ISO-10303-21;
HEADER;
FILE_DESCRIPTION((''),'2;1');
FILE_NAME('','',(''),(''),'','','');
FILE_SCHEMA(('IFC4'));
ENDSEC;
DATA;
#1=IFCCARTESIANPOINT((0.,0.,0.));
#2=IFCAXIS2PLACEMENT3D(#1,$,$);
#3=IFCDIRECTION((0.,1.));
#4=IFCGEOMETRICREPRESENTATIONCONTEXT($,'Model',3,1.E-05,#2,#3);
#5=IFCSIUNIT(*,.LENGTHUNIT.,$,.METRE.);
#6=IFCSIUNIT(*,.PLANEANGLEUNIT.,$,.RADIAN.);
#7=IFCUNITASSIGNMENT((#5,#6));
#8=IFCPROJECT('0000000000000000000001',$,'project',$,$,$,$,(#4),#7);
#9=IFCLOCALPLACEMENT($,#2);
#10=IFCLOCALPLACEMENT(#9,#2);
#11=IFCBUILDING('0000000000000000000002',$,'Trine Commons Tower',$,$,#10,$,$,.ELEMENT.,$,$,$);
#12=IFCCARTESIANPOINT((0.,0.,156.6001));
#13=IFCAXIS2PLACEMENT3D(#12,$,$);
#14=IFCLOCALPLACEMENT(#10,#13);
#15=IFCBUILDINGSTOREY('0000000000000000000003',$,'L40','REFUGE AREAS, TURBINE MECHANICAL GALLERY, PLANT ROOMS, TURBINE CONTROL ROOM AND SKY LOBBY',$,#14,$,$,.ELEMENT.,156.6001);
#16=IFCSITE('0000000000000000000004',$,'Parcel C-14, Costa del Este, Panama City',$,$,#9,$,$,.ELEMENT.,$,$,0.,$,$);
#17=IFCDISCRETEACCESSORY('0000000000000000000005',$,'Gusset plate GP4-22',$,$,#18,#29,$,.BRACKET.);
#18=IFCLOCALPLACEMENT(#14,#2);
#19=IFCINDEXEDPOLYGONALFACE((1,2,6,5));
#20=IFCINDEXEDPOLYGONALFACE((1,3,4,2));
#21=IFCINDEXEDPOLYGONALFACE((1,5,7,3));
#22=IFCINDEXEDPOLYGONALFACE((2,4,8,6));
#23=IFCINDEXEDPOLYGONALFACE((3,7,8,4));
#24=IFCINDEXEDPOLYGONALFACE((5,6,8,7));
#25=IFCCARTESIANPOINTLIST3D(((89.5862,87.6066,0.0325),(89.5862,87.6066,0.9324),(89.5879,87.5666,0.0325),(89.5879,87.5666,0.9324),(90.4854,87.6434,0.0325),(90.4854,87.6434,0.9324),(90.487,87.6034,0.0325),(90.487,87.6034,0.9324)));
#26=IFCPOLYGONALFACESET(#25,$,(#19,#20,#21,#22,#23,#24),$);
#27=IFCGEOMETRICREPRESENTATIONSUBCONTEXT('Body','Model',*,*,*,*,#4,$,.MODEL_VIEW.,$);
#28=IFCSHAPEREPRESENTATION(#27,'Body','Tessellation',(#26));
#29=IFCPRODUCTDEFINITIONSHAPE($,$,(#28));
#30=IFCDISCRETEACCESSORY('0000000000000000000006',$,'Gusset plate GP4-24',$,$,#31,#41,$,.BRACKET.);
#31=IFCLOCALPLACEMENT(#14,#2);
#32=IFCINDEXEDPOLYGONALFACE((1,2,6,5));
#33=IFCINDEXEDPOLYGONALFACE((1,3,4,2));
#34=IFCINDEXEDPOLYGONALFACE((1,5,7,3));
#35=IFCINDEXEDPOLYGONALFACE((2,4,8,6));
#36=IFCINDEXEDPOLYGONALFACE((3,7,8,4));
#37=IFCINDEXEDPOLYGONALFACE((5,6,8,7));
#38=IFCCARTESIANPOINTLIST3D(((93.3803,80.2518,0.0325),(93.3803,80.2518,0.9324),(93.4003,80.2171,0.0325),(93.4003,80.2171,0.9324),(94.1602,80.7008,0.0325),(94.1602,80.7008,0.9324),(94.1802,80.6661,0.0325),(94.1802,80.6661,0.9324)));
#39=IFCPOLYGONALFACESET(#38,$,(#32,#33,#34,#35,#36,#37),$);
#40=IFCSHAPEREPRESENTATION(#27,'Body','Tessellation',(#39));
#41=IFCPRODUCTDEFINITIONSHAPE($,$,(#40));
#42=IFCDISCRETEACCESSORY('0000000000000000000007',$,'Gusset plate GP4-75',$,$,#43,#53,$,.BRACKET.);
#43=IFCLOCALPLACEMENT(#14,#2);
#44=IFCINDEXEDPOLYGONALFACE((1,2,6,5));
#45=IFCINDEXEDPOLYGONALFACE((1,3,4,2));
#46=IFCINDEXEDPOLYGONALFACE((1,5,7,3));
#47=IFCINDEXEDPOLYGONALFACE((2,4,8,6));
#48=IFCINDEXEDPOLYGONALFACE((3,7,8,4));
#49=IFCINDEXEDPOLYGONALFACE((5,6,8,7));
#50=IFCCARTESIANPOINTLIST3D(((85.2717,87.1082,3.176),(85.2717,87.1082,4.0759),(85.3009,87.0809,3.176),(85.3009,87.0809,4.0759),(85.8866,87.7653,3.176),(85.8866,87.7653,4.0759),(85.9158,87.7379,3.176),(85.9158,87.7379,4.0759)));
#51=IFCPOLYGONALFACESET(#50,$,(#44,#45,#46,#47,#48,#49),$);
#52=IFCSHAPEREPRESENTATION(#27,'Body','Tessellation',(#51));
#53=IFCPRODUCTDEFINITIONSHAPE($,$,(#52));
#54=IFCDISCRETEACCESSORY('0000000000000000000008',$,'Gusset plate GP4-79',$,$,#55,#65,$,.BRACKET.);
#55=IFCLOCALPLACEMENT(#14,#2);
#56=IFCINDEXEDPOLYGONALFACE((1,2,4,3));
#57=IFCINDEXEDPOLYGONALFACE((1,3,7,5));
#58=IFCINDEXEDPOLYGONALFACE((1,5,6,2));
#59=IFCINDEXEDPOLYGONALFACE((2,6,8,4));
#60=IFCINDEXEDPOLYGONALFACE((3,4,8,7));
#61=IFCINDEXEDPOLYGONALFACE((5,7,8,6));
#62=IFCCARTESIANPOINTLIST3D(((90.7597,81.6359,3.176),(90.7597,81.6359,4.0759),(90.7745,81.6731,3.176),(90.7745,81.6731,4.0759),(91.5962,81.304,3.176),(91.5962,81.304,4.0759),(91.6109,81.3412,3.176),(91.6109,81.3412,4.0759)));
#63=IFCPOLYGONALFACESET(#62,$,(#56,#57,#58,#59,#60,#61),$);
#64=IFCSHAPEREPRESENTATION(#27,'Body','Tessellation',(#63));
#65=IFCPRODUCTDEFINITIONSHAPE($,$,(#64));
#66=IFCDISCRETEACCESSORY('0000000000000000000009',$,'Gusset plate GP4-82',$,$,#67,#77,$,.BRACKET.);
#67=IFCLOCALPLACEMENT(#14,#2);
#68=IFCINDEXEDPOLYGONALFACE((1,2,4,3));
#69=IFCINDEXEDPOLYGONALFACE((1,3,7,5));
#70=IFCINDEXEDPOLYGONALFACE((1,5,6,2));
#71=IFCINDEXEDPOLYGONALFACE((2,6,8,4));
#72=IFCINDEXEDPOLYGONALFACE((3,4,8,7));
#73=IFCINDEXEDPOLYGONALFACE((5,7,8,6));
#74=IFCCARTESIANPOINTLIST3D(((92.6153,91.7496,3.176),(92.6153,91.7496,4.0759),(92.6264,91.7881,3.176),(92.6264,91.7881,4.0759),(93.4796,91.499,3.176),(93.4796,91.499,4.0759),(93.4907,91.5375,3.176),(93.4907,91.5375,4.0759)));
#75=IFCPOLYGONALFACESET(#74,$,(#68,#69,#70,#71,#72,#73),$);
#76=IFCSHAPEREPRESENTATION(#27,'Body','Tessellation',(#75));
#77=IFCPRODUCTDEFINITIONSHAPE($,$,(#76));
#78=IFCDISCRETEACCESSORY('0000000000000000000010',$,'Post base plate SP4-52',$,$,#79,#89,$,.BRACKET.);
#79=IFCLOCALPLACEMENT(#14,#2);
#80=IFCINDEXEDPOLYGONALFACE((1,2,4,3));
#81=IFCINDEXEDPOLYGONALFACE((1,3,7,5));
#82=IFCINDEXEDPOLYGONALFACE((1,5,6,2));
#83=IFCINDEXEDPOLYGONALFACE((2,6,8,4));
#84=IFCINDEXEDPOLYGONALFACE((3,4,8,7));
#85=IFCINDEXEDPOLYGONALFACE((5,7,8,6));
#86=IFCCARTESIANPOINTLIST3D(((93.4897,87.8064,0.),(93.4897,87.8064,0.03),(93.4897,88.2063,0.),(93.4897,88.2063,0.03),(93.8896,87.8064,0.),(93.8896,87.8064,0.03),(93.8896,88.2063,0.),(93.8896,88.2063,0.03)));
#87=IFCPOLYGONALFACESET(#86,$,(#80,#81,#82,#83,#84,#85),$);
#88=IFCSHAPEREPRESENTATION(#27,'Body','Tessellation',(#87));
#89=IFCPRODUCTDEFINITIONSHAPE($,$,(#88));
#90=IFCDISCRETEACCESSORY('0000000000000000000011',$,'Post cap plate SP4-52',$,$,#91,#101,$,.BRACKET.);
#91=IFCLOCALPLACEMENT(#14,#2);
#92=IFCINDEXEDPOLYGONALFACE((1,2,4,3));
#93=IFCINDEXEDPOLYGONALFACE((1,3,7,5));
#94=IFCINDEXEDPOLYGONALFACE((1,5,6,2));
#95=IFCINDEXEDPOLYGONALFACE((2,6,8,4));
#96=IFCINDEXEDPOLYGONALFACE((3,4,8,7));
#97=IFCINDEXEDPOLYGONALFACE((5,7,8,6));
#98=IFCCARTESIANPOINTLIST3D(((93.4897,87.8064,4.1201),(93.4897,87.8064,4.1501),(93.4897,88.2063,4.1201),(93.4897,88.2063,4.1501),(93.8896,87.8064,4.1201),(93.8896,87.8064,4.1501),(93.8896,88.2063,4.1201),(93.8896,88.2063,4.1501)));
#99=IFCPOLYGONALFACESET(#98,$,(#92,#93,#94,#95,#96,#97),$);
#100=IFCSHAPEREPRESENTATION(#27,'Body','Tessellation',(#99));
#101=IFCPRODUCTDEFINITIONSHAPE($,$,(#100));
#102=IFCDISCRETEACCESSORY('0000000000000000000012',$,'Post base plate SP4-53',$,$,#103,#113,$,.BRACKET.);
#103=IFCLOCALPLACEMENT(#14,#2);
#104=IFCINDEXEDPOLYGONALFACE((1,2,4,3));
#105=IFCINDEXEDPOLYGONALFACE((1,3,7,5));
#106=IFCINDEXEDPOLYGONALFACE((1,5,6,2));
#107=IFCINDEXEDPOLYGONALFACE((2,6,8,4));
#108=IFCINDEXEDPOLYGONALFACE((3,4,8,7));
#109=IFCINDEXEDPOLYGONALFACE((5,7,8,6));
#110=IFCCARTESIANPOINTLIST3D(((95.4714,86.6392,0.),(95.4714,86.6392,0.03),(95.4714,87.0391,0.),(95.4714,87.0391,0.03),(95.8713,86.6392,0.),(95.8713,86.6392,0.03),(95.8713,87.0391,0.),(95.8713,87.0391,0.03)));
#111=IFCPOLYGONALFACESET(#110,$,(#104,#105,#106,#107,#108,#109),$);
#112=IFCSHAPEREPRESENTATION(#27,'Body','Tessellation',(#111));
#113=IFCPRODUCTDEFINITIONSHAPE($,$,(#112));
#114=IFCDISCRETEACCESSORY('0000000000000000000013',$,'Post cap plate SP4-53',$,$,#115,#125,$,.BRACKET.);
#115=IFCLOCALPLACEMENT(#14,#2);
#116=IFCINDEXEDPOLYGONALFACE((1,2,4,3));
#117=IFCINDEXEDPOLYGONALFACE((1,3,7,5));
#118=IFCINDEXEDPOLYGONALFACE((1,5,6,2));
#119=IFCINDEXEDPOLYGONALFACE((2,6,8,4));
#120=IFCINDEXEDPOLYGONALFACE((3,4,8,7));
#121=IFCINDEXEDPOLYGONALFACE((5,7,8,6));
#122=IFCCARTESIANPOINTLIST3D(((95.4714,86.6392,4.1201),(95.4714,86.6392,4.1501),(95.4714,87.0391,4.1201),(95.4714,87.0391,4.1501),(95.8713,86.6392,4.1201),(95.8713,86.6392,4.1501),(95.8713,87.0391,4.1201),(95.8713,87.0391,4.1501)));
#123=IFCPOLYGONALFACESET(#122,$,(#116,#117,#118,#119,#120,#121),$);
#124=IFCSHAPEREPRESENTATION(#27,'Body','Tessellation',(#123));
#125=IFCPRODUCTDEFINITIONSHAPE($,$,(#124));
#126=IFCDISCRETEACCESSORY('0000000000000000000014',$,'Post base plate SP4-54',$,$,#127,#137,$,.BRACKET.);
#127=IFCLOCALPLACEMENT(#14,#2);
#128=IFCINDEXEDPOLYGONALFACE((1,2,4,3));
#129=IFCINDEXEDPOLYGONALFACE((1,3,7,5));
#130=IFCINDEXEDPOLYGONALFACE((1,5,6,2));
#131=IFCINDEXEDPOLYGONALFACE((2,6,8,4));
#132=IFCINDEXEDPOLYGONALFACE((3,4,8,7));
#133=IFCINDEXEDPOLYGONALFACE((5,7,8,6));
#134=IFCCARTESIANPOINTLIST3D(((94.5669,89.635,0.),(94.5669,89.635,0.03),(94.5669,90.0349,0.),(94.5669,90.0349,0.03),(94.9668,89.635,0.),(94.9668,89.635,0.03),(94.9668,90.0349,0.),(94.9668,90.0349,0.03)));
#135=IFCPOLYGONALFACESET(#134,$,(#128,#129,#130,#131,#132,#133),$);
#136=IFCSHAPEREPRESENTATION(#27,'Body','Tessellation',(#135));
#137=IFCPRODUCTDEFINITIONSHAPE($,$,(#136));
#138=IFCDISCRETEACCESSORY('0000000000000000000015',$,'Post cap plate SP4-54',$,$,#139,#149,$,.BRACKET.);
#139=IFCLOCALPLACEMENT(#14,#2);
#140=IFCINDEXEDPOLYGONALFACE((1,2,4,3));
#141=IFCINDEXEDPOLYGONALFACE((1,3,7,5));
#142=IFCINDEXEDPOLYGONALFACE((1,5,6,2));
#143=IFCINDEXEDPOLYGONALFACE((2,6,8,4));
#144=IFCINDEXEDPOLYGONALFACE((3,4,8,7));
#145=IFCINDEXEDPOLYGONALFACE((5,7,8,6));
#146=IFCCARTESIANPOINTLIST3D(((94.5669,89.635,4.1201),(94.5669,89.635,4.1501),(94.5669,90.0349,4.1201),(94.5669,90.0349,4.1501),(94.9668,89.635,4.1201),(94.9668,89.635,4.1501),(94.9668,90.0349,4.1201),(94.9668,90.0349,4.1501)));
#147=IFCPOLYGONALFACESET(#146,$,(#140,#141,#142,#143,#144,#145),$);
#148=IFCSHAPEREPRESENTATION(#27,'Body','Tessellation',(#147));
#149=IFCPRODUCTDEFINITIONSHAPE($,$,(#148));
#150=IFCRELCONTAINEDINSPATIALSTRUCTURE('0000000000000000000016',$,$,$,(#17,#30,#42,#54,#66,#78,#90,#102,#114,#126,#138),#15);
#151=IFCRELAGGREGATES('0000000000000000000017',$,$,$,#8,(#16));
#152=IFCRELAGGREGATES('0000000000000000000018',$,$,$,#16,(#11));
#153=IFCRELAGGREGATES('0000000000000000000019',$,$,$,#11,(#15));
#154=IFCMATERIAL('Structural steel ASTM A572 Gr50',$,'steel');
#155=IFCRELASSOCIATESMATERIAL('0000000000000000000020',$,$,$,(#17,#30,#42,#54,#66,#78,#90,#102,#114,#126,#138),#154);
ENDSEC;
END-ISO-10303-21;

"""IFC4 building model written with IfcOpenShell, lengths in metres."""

from ifc_helpers import new_model, si_unit, direction, frame, origin, origin_2d, place, context, subcontext, project, spatial, rectangle, extrude, material, element, save


model = new_model("IFC4")

# Units and contexts
model_context = context("Model", 3, precision=1e-05, world=origin(), true_north=direction((0.0, 1.0)))
body_context = subcontext(model_context, "Body", "Model", "MODEL_VIEW")
ifc_project = project(units=[si_unit("LENGTHUNIT", "METRE"), si_unit("PLANEANGLEUNIT", "RADIAN")], contexts=[model_context])

# Site, building, storey
site_placement = place(None, origin())
site = spatial("IfcSite", under=ifc_project, at=site_placement, Name="Parcel C-14, Costa del Este, Panama City", CompositionType="ELEMENT", RefElevation=0.0)
building_placement = place(site_placement, origin())
building = spatial("IfcBuilding", under=site, at=building_placement, Name="Trine Commons Tower", CompositionType="ELEMENT")
storey_placement = place(building_placement, frame((0.0, 0.0, 156.6001)))
storey = spatial("IfcBuildingStorey", under=building, at=storey_placement, Name="L40", Description="REFUGE AREAS, TURBINE MECHANICAL GALLERY, PLANT ROOMS, TURBINE CONTROL ROOM AND SKY LOBBY", CompositionType="ELEMENT", Elevation=156.6001)

# Discrete accessories
ifc_material_1 = material(Name="Structural steel ASTM A572 Gr50", Category="steel")
for number, where, z_axis, x_axis, name in (
    (1, (90.0366, 87.605, 0.0325), (0.0, 0.0, 1.0), (-0.999162, -0.040934, 0.0), "Gusset plate GP4-22"),
    (2, (93.7803, 80.459, 0.0325), (0.0, 0.0, 1.0), (-0.866618, -0.498972, 0.0), "Gusset plate GP4-24"),
    (3, (85.5938, 87.4231, 3.176), (0.0, 0.0, 1.0), (0.683287, 0.73015, 0.0), "Gusset plate GP4-75"),
    (4, (91.1853, 81.4885, 3.176), (0.0, 0.0, 1.0), (-0.929506, 0.368806, 0.0), "Gusset plate GP4-79"),
    (5, (93.053, 91.6436, 3.176), (0.0, 0.0, 1.0), (-0.96044, 0.278488, 0.0), "Gusset plate GP4-82"),
):
    element("IfcDiscreteAccessory", number, at=place(storey_placement, frame(where, z_axis=z_axis, x_axis=x_axis)), inside=storey, material=ifc_material_1, Name=name, PredefinedType="BRACKET", context=body_context, shape_type="SweptSolid", body=[
        extrude(rectangle(XDim=0.8999, YDim=0.04, at=origin_2d()), origin(), (0.0, 0.0, 1.0), 0.8999),
    ])
for number, where, z_axis, x_axis, name in (
    (6, (93.6897, 88.0063, 0.0), (0.0, 0.0, 1.0), (1.0, 0.0, 0.0), "Post base plate SP4-52"),
    (7, (93.6897, 88.0063, 4.1201), (0.0, 0.0, 1.0), (1.0, 0.0, 0.0), "Post cap plate SP4-52"),
    (8, (95.6714, 86.8391, 0.0), (0.0, 0.0, 1.0), (1.0, 0.0, 0.0), "Post base plate SP4-53"),
    (9, (95.6714, 86.8391, 4.1201), (0.0, 0.0, 1.0), (1.0, 0.0, 0.0), "Post cap plate SP4-53"),
    (10, (94.7668, 89.835, 0.0), (0.0, 0.0, 1.0), (1.0, 0.0, 0.0), "Post base plate SP4-54"),
    (11, (94.7668, 89.835, 4.1201), (0.0, 0.0, 1.0), (1.0, 0.0, 0.0), "Post cap plate SP4-54"),
):
    element("IfcDiscreteAccessory", number, at=place(storey_placement, frame(where, z_axis=z_axis, x_axis=x_axis)), inside=storey, material=ifc_material_1, Name=name, PredefinedType="BRACKET", context=body_context, shape_type="SweptSolid", body=[
        extrude(rectangle(XDim=0.3999, YDim=0.3999, at=origin_2d()), origin(), (0.0, 0.0, 1.0), 0.03),
    ])

save(model, "model.ifc")
